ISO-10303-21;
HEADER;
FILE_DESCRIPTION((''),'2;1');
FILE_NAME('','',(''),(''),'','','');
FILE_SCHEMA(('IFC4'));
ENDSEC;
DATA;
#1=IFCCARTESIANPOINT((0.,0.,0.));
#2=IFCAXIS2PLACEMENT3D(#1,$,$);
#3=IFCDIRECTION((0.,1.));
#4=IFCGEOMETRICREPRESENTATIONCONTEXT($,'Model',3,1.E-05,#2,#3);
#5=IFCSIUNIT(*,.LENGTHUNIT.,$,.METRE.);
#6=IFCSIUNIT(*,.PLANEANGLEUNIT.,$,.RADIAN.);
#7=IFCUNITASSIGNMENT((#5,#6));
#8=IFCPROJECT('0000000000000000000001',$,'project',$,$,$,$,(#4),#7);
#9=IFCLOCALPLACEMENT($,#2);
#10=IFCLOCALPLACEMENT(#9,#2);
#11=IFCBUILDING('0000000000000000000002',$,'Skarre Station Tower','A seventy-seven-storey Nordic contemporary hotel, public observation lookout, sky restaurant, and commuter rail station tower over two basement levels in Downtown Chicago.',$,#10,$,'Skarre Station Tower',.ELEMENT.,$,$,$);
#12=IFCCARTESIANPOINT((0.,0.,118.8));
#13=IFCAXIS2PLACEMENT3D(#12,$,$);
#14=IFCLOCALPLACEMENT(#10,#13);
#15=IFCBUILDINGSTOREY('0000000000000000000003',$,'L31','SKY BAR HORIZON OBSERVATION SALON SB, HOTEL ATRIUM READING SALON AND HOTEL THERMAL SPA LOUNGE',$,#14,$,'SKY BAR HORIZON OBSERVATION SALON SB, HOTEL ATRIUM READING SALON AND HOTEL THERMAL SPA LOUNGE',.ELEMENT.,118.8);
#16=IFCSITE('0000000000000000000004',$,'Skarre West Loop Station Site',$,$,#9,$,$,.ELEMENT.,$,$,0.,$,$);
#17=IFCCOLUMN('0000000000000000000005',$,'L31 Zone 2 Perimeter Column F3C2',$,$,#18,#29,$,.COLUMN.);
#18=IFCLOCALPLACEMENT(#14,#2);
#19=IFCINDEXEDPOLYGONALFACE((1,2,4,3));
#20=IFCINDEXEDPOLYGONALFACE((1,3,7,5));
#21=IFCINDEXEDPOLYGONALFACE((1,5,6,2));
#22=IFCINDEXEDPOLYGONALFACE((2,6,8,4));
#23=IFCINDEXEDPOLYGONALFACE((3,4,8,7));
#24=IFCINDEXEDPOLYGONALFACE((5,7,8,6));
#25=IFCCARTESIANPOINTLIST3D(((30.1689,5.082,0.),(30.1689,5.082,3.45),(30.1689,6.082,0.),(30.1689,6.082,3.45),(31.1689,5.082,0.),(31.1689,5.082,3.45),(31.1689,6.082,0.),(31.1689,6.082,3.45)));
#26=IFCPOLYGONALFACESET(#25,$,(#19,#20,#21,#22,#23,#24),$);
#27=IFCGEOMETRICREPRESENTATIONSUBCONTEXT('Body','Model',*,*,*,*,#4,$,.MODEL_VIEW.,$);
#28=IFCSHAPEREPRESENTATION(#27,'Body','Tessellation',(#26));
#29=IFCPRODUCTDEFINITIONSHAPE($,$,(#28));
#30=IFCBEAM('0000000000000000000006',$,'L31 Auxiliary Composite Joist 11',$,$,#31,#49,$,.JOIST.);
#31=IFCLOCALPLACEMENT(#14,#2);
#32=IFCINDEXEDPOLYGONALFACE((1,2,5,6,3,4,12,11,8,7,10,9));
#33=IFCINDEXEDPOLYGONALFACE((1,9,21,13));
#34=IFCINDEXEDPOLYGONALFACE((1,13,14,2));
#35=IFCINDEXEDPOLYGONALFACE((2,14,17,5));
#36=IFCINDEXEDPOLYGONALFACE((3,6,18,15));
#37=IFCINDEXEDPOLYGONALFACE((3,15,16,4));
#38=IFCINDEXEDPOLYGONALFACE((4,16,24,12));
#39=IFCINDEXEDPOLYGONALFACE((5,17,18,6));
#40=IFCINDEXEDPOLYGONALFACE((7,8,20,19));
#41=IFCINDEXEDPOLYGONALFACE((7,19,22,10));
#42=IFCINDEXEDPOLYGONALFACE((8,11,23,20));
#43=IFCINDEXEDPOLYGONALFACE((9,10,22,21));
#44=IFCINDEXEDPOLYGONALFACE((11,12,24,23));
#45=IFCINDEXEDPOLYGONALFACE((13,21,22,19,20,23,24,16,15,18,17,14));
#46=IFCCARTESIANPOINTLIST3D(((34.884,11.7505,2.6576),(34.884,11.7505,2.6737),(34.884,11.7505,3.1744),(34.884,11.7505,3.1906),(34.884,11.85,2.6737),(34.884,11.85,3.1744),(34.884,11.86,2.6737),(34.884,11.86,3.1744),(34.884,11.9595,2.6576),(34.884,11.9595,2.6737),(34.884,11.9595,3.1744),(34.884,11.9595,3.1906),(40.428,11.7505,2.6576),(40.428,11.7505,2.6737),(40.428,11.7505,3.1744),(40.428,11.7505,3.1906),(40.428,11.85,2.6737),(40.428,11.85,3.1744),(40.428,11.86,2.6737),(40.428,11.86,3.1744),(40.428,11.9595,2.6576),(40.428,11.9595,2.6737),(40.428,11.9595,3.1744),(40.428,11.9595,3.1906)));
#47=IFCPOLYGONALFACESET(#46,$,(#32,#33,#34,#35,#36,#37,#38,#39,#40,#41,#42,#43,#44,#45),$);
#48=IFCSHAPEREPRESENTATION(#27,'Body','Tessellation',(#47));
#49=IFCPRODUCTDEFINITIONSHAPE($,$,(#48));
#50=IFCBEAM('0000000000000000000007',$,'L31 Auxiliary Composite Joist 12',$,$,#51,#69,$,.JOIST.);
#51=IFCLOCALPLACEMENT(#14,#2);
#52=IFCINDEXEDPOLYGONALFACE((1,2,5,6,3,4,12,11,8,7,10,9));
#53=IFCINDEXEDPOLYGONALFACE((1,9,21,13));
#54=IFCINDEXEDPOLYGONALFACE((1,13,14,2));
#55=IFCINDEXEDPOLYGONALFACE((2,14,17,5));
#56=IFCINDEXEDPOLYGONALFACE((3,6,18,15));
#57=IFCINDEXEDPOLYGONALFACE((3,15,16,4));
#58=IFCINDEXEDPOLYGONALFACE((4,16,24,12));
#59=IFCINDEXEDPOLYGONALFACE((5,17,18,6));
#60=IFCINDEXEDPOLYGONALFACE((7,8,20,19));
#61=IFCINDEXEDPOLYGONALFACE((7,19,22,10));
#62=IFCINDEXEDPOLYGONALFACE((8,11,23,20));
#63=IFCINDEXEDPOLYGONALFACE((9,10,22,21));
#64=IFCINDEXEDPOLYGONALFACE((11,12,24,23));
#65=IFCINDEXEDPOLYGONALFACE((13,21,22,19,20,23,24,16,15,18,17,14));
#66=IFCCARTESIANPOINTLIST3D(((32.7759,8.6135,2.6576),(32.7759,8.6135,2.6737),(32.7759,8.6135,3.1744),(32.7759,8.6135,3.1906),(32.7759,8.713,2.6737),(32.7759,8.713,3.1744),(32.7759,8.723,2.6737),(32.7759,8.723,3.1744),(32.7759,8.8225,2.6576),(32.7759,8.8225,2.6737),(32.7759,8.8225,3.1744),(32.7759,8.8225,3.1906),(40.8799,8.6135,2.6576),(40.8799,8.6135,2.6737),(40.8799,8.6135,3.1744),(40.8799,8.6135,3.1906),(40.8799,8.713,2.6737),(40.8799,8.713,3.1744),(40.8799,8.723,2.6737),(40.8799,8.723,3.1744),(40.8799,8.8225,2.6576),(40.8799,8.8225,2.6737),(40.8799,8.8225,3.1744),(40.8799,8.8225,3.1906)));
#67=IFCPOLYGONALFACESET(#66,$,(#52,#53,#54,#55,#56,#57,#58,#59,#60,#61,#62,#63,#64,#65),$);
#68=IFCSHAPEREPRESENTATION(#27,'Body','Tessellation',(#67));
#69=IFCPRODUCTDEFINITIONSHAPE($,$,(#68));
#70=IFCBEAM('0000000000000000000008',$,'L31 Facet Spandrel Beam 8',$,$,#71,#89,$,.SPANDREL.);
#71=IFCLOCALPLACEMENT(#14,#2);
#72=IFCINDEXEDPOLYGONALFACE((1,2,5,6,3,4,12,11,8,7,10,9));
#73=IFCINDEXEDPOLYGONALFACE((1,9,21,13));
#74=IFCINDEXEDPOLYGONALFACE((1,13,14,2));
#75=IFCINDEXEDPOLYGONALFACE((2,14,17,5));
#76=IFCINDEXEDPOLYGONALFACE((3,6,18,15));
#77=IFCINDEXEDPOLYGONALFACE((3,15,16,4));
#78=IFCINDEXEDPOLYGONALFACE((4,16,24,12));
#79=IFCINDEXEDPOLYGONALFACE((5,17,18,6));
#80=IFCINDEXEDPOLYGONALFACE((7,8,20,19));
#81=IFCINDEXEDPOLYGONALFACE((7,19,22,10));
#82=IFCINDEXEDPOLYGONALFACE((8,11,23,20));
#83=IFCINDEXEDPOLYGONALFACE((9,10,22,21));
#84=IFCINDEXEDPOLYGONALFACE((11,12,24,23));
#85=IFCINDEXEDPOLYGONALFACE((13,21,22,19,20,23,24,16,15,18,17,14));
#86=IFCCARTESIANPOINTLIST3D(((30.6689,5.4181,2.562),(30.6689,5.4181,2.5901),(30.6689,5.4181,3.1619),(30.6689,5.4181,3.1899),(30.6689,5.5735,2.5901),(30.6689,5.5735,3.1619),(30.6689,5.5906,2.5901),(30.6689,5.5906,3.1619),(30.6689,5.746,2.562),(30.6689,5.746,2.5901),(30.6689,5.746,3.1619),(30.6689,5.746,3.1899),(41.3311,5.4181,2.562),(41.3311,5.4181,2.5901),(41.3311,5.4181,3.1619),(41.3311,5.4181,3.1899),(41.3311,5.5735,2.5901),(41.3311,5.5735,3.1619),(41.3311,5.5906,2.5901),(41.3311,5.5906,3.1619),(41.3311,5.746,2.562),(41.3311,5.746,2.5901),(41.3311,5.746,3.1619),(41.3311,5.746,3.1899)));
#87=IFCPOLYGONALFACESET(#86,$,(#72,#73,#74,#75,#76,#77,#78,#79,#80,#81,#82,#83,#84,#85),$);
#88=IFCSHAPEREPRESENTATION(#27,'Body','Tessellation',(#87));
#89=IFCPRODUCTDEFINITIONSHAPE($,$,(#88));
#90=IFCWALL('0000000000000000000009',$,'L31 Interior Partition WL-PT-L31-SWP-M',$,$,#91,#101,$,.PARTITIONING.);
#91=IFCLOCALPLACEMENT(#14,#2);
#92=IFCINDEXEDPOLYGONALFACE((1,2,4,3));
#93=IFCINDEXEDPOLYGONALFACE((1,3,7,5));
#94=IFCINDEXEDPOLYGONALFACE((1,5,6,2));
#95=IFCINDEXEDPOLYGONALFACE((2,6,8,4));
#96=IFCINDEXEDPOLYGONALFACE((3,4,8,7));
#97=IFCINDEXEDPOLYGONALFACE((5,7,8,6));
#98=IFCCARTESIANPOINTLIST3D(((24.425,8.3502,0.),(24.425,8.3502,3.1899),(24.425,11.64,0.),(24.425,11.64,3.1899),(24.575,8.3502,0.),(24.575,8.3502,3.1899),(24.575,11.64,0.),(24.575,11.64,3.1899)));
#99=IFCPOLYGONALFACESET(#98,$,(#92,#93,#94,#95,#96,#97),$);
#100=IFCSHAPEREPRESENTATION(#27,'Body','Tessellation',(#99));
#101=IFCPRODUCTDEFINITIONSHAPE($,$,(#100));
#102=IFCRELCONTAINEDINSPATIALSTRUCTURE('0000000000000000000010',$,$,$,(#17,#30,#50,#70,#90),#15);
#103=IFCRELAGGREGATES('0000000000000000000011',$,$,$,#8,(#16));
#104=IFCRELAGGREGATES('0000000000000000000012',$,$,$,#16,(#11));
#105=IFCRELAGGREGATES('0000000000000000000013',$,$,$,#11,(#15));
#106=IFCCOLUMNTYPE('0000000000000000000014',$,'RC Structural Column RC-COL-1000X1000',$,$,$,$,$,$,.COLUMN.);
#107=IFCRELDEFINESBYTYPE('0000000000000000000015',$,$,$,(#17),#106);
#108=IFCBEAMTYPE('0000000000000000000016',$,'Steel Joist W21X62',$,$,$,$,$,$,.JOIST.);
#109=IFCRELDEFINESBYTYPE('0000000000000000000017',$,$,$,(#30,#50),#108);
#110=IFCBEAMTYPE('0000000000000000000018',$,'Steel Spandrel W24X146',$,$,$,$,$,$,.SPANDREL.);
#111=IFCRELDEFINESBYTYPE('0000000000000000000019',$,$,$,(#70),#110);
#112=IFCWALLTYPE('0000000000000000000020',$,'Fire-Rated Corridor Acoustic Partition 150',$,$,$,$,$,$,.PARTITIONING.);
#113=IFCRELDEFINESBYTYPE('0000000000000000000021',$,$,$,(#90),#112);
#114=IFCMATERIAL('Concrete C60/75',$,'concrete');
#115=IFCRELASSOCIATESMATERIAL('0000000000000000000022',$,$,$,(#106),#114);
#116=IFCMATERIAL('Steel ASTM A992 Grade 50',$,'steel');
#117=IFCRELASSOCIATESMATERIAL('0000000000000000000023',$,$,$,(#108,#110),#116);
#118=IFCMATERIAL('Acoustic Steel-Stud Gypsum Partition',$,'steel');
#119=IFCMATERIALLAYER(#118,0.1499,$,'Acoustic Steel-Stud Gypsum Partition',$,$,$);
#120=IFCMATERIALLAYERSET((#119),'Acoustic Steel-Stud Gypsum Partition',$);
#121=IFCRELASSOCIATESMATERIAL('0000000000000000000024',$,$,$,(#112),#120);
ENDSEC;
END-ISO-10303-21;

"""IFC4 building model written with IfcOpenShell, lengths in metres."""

from ifc_helpers import new_model, si_unit, direction, frame, frame_2d, origin, origin_2d, place, context, subcontext, project, spatial, rectangle, i_section, extrude, material, layer, layer_set, material_profile, profile_set, type_object, element, save


model = new_model("IFC4")

# Units and contexts
model_context = context("Model", 3, precision=1e-05, world=origin(), true_north=direction((0.0, 1.0)))
body_context = subcontext(model_context, "Body", "Model", "MODEL_VIEW")
ifc_project = project(units=[si_unit("LENGTHUNIT", "METRE"), si_unit("PLANEANGLEUNIT", "RADIAN")], contexts=[model_context])

# Site, building, storey
site_placement = place(None, origin())
site = spatial("IfcSite", under=ifc_project, at=site_placement, Name="Skarre West Loop Station Site", CompositionType="ELEMENT", RefElevation=0.0)
building_placement = place(site_placement, origin())
building = spatial("IfcBuilding", under=site, at=building_placement, Name="Skarre Station Tower", Description="A seventy-seven-storey Nordic contemporary hotel, public observation lookout, sky restaurant, and commuter rail station tower over two basement levels in Downtown Chicago.", LongName="Skarre Station Tower", CompositionType="ELEMENT")
storey_placement = place(building_placement, frame((0.0, 0.0, 118.8)))
storey = spatial("IfcBuildingStorey", under=building, at=storey_placement, Name="L31", Description="SKY BAR HORIZON OBSERVATION SALON SB, HOTEL ATRIUM READING SALON AND HOTEL THERMAL SPA LOUNGE", LongName="SKY BAR HORIZON OBSERVATION SALON SB, HOTEL ATRIUM READING SALON AND HOTEL THERMAL SPA LOUNGE", CompositionType="ELEMENT", Elevation=118.8)

# Column
ifc_material_1 = material(Name="Concrete C60/75", Category="concrete")
ifc_material_profile_1 = material_profile(ifc_material_1, rectangle(XDim=1.0, YDim=1.0, at=origin_2d()), Name="Concrete C60/75")
ifc_profile_set_1 = profile_set([ifc_material_profile_1], Name="Concrete C60/75")
column_type = type_object("IfcColumnType", Name="RC Structural Column RC-COL-1000X1000", PredefinedType="COLUMN", material=ifc_profile_set_1)
column_placement = place(storey_placement, frame((30.6689, 5.582, 0.0), z_axis=(0.0, 0.0, 1.0), x_axis=(1.0, 0.0, 0.0)))
element("IfcColumn", 1, at=column_placement, inside=storey, type_object=column_type, Name="L31 Zone 2 Perimeter Column F3C2", PredefinedType="COLUMN", context=body_context, shape_type="SweptSolid", body=[
    extrude(rectangle(XDim=1.0, YDim=1.0, at=origin_2d()), origin(), (0.0, 0.0, 1.0), 3.45),
])

# Beams
ifc_material_2 = material(Name="Steel ASTM A992 Grade 50", Category="steel")
ifc_material_profile_2 = material_profile(ifc_material_2, i_section(OverallWidth=0.209, OverallDepth=0.533, WebThickness=0.01, FlangeThickness=0.0161, at=origin_2d()), Name="Steel ASTM A992 Grade 50")
ifc_profile_set_2 = profile_set([ifc_material_profile_2], Name="Steel ASTM A992 Grade 50")
beam_type_1 = type_object("IfcBeamType", Name="Steel Joist W21X62", PredefinedType="JOIST", material=ifc_profile_set_2)
beam_1_placement = place(storey_placement, frame((34.884, 11.855, 2.9241), z_axis=(1.0, 0.0, 0.0), x_axis=(0.0, 1.0, 0.0)))
element("IfcBeam", 2, at=beam_1_placement, inside=storey, type_object=beam_type_1, Name="L31 Auxiliary Composite Joist 11", PredefinedType="JOIST", context=body_context, shape_type="SweptSolid", body=[
    extrude(i_section(OverallWidth=0.209, OverallDepth=0.533, WebThickness=0.01, FlangeThickness=0.0161, at=origin_2d()), origin(), (0.0, 0.0, 1.0), 5.5439),
])
beam_2_placement = place(storey_placement, frame((32.7759, 8.718, 2.9241), z_axis=(1.0, 0.0, 0.0), x_axis=(0.0, 1.0, 0.0)))
element("IfcBeam", 3, at=beam_2_placement, inside=storey, type_object=beam_type_1, Name="L31 Auxiliary Composite Joist 12", PredefinedType="JOIST", context=body_context, shape_type="SweptSolid", body=[
    extrude(i_section(OverallWidth=0.209, OverallDepth=0.533, WebThickness=0.01, FlangeThickness=0.0161, at=origin_2d()), origin(), (0.0, 0.0, 1.0), 8.104),
])
ifc_material_profile_3 = material_profile(ifc_material_2, i_section(OverallWidth=0.3279, OverallDepth=0.6279, WebThickness=0.0171, FlangeThickness=0.0281, at=origin_2d()), Name="Steel ASTM A992 Grade 50")
ifc_profile_set_3 = profile_set([ifc_material_profile_3], Name="Steel ASTM A992 Grade 50")
beam_type_2 = type_object("IfcBeamType", Name="Steel Spandrel W24X146", PredefinedType="SPANDREL", material=ifc_profile_set_3)
beam_3_placement = place(storey_placement, frame((30.6689, 5.582, 2.876), z_axis=(1.0, 0.0, 0.0), x_axis=(0.0, 1.0, 0.0)))
element("IfcBeam", 4, at=beam_3_placement, inside=storey, type_object=beam_type_2, Name="L31 Facet Spandrel Beam 8", PredefinedType="SPANDREL", context=body_context, shape_type="SweptSolid", body=[
    extrude(i_section(OverallWidth=0.3279, OverallDepth=0.6279, WebThickness=0.0171, FlangeThickness=0.0281, at=origin_2d()), origin(), (0.0, 0.0, 1.0), 10.6621),
])

# Wall
ifc_material_3 = material(Name="Acoustic Steel-Stud Gypsum Partition", Category="steel")
ifc_layer_1 = layer(ifc_material_3, 0.1499, Name="Acoustic Steel-Stud Gypsum Partition")
ifc_layer_set_1 = layer_set([ifc_layer_1], Name="Acoustic Steel-Stud Gypsum Partition")
wall_type_1 = type_object("IfcWallType", Name="Fire-Rated Corridor Acoustic Partition 150", PredefinedType="PARTITIONING", material=ifc_layer_set_1)
wall_1_placement = place(storey_placement, frame((24.5, 8.3501, 0.0), z_axis=(0.0, 0.0, 1.0), x_axis=(0.0, 1.0, 0.0)))
element("IfcWall", 5, at=wall_1_placement, inside=storey, type_object=wall_type_1, Name="L31 Interior Partition WL-PT-L31-SWP-M", PredefinedType="PARTITIONING", context=body_context, shape_type="SweptSolid", body=[
    extrude(rectangle(XDim=3.2898, YDim=0.1499, at=frame_2d((1.645, 0.0))), origin(), (0.0, 0.0, 1.0), 3.1899),
])

save(model, "model.ifc")
